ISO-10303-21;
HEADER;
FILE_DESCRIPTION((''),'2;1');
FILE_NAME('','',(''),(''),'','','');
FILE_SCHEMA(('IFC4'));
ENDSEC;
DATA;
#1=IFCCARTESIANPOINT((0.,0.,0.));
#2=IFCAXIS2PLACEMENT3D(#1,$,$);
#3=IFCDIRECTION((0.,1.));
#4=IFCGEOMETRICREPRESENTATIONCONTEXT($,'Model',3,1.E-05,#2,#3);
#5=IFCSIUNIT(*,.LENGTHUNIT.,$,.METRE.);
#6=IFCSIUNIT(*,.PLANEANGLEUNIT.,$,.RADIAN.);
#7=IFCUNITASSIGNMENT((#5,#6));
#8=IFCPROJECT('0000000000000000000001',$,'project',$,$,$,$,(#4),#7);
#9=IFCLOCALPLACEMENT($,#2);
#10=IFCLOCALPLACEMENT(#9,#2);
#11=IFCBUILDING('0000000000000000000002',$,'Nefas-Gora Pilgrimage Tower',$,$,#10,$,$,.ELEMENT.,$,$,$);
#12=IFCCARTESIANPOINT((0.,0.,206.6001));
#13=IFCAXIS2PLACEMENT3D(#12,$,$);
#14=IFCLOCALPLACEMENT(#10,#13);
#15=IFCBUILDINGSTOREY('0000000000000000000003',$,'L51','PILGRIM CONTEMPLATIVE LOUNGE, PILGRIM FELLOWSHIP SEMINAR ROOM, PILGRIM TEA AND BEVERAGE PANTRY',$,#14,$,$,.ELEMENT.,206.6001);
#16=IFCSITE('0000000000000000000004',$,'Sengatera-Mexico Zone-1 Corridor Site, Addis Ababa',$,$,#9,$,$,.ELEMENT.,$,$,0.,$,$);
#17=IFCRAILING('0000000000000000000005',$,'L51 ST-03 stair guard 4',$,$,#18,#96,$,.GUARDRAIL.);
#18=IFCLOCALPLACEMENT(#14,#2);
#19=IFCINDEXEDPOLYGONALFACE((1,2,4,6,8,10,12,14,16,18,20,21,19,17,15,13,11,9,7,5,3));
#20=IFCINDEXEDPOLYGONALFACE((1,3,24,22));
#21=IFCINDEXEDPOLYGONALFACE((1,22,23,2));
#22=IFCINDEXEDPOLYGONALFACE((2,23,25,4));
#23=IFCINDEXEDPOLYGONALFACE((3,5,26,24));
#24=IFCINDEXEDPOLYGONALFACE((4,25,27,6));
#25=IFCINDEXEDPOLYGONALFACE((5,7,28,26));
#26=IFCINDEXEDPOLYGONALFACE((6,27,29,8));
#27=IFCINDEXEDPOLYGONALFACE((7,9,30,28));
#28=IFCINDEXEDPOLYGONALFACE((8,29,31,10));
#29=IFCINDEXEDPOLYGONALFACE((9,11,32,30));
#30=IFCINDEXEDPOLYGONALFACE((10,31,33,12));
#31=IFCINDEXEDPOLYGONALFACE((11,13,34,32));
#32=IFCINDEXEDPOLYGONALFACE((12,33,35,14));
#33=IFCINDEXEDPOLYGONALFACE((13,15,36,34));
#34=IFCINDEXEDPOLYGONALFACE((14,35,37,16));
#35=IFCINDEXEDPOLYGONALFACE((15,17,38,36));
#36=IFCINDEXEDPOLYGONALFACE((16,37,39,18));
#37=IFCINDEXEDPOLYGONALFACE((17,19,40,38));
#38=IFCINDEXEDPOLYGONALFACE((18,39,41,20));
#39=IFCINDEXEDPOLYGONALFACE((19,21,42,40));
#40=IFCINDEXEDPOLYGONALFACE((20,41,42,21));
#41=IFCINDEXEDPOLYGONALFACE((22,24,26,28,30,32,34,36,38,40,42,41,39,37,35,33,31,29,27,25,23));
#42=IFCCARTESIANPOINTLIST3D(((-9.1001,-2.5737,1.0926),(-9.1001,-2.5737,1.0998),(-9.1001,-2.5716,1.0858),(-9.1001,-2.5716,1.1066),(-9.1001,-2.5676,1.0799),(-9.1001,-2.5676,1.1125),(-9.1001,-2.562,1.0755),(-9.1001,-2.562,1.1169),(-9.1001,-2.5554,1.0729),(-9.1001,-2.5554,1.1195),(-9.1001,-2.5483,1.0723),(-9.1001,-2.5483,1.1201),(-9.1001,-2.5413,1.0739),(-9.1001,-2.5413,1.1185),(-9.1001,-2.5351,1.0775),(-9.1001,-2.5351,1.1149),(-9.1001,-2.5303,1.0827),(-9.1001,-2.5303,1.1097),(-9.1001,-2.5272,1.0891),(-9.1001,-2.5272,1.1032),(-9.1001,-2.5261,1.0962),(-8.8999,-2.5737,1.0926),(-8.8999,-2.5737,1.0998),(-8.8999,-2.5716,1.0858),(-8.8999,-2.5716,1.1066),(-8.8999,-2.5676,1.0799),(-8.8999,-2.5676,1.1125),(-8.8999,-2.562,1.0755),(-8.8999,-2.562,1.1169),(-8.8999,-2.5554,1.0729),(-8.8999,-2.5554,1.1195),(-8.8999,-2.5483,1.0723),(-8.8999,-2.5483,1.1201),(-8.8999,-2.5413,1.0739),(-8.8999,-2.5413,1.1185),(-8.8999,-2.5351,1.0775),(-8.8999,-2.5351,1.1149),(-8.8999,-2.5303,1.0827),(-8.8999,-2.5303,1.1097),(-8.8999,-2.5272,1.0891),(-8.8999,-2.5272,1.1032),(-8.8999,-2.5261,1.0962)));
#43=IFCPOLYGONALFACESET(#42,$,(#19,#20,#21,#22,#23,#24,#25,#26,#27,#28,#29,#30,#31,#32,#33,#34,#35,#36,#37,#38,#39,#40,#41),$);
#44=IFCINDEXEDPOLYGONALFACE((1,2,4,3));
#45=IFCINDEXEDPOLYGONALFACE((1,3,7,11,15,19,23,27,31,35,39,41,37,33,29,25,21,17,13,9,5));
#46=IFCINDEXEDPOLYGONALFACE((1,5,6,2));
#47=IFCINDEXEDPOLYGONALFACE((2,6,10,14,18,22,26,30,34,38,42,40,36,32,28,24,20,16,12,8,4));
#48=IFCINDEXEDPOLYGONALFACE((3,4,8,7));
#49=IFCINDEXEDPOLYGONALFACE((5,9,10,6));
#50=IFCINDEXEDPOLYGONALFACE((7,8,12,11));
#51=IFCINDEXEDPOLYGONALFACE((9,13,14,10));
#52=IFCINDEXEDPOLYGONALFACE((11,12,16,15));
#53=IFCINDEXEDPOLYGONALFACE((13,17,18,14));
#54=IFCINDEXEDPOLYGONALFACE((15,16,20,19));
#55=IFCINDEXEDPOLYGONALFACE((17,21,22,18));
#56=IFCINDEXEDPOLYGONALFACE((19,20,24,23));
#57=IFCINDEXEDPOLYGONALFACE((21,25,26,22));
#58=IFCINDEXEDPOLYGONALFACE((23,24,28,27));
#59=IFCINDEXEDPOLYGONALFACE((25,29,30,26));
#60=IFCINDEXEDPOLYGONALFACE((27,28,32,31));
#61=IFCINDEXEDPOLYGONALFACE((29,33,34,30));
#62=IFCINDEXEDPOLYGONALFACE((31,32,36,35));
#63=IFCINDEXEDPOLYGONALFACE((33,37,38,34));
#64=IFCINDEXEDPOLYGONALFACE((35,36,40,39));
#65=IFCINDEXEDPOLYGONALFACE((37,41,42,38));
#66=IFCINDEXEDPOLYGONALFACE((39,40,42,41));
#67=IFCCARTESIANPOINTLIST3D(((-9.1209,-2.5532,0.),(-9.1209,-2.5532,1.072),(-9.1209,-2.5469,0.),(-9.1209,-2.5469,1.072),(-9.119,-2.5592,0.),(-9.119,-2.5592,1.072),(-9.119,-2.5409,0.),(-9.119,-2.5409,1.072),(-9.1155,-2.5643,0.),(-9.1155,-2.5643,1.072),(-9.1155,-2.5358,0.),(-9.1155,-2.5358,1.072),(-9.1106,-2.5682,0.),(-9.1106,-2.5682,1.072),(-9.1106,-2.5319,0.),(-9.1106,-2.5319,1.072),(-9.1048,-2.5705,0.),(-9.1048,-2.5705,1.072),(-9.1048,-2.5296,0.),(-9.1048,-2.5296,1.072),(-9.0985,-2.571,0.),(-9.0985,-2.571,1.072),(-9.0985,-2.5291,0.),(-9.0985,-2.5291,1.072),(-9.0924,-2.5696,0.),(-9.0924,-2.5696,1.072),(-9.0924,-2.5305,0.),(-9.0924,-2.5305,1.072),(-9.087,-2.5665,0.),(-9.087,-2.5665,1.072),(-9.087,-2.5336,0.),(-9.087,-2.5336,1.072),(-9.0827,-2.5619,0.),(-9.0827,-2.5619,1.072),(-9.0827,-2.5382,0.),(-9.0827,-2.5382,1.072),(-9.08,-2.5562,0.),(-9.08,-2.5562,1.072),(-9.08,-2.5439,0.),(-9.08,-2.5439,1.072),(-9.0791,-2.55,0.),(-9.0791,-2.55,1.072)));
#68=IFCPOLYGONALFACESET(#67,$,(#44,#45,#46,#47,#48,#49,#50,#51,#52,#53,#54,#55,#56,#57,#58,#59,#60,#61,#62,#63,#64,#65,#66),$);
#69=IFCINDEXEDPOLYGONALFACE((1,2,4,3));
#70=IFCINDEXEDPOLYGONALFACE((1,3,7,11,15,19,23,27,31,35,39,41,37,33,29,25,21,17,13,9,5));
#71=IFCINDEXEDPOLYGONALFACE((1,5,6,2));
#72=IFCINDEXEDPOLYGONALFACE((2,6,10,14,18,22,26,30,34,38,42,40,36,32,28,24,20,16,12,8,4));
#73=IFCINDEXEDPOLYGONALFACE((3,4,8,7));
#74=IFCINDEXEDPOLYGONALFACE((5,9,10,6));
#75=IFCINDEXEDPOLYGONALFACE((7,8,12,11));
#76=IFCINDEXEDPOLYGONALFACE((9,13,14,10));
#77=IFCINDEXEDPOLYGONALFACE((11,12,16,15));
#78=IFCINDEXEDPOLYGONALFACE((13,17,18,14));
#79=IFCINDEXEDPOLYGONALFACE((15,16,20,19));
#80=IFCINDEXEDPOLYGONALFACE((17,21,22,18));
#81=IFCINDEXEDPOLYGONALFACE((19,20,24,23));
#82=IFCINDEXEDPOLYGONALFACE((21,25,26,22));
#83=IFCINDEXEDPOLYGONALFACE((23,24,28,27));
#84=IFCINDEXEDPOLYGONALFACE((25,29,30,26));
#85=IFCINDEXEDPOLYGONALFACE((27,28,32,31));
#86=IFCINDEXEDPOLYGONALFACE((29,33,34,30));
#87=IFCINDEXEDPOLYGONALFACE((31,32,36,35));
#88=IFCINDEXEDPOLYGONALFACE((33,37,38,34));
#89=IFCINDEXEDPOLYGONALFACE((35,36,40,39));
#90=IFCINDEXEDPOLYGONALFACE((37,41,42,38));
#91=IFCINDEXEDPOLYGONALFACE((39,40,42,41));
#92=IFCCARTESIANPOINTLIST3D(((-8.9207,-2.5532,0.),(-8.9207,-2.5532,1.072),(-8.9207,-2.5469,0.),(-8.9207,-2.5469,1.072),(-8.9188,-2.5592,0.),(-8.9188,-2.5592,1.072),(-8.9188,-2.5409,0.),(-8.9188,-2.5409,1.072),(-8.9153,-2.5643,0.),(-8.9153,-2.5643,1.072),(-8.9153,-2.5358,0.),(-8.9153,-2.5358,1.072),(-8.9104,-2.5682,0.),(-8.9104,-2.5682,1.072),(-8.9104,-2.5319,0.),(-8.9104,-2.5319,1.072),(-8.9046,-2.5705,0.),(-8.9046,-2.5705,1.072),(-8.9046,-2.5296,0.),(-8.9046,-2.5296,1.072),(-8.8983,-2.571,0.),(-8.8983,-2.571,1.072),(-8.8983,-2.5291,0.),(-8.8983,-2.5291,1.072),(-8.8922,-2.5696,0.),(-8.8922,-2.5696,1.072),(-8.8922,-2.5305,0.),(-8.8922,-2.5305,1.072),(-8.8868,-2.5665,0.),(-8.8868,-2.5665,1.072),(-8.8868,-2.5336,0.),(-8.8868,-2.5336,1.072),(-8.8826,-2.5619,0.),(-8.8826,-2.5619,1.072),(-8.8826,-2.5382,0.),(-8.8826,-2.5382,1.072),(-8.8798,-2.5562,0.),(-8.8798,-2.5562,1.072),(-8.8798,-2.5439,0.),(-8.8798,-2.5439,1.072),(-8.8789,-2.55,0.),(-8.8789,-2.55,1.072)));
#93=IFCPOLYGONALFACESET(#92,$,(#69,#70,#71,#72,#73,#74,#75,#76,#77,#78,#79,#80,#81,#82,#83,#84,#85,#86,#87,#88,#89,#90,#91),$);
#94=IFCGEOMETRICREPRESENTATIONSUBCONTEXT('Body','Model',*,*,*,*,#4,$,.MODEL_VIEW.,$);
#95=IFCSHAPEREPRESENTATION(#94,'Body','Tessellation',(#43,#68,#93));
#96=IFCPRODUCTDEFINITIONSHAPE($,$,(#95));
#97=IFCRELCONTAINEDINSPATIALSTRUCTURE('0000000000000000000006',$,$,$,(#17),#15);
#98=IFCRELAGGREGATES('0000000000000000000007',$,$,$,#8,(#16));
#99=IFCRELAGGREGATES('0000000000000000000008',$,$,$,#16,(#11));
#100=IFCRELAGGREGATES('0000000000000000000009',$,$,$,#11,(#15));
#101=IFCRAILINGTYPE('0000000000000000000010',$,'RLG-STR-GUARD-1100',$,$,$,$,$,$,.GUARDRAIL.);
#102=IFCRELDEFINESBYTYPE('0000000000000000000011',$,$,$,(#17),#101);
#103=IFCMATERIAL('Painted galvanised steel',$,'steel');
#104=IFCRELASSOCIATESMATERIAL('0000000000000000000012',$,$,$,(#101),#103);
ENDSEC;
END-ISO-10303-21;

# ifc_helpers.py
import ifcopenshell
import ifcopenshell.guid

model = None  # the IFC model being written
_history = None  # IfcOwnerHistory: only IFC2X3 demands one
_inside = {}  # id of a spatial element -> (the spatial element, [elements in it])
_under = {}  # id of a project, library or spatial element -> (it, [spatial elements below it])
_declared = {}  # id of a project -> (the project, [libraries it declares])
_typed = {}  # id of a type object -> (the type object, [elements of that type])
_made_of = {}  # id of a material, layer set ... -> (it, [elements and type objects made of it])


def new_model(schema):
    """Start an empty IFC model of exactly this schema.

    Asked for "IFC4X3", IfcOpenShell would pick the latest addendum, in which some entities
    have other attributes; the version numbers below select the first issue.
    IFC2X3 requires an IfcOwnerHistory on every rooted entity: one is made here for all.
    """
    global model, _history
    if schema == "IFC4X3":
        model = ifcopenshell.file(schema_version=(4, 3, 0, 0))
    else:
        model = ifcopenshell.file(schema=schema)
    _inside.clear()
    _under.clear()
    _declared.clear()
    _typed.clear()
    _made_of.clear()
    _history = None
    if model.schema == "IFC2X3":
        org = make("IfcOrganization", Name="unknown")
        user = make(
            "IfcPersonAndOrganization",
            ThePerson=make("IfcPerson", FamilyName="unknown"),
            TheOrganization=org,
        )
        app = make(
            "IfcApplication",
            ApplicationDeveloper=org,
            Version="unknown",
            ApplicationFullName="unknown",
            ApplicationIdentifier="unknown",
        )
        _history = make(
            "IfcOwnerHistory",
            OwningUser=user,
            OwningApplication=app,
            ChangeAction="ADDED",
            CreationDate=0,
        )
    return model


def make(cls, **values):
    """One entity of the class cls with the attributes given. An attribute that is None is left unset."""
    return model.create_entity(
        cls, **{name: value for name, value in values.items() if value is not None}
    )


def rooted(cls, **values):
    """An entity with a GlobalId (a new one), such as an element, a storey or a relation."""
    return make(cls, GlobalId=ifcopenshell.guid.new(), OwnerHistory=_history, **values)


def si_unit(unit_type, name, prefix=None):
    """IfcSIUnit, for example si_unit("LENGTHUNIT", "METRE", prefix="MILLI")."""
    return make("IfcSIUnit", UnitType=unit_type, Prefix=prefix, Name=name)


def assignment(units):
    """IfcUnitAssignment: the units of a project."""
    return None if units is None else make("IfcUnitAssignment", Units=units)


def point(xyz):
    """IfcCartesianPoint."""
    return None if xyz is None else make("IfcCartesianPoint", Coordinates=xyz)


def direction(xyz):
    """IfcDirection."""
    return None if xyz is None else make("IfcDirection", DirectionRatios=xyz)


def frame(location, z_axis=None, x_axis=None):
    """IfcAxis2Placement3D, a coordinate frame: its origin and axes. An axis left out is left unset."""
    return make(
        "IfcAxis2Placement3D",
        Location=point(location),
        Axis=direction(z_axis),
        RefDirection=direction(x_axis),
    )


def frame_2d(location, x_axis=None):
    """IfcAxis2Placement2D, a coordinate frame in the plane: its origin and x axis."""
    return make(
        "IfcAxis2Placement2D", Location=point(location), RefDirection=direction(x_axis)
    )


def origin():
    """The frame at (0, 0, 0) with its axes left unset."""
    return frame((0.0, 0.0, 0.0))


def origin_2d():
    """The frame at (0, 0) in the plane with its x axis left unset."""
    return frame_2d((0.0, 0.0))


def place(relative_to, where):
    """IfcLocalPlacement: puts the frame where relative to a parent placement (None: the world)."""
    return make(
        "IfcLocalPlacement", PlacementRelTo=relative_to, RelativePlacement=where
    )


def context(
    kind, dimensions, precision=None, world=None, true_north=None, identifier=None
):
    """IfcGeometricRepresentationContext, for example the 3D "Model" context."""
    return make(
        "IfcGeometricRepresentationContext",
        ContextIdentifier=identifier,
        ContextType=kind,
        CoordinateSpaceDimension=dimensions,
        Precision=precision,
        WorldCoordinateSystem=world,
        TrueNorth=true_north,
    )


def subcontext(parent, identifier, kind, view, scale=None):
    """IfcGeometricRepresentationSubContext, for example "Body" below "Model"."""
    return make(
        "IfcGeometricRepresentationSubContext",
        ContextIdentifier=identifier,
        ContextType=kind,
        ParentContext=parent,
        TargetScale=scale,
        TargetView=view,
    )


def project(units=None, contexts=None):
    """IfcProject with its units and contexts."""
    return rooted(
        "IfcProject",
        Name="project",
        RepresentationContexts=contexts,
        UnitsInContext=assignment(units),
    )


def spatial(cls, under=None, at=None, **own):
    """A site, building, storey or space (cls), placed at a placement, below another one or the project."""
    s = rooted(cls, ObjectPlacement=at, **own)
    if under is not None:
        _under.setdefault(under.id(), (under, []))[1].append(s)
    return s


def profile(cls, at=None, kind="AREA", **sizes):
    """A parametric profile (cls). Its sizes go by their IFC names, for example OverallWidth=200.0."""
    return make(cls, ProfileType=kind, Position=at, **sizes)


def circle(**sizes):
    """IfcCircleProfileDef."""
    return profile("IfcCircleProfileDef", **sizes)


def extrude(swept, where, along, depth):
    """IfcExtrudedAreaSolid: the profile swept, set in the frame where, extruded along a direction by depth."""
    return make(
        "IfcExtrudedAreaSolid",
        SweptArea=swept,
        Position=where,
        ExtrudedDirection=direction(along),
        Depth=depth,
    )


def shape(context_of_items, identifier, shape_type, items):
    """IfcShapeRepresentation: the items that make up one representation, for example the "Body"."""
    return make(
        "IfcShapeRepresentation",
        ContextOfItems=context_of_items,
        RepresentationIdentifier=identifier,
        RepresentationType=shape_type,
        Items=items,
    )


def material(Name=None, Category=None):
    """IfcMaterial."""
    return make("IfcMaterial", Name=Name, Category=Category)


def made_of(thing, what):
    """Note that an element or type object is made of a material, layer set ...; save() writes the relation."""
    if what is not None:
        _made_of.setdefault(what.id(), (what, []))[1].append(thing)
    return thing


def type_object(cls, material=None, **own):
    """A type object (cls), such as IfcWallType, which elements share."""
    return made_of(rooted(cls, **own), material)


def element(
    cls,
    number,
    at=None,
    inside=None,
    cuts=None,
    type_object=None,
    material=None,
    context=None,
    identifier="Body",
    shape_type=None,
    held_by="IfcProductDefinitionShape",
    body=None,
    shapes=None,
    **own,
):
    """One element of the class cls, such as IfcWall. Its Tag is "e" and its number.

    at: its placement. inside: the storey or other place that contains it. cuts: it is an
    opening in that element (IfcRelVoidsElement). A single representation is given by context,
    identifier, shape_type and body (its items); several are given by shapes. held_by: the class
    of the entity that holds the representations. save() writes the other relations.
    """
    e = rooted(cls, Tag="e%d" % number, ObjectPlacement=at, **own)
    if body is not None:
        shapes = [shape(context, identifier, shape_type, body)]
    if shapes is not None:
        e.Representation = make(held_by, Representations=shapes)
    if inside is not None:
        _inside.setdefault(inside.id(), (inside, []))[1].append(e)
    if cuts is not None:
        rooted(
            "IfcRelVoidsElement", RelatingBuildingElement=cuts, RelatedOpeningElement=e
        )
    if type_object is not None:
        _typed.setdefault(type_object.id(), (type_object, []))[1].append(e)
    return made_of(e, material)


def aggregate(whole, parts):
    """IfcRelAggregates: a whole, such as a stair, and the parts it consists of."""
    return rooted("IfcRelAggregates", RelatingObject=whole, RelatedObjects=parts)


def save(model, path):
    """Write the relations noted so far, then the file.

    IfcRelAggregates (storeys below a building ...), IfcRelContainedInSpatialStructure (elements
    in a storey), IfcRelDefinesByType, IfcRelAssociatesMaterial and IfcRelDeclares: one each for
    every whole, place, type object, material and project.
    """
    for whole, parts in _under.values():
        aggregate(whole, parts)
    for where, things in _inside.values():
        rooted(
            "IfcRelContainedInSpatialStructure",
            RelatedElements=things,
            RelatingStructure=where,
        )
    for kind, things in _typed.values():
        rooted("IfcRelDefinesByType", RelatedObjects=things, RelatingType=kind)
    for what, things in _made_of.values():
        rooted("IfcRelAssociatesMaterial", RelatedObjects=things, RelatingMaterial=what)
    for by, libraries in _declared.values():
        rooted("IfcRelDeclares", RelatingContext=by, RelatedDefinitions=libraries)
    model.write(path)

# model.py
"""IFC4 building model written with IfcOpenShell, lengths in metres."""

from ifc_helpers import new_model, si_unit, direction, frame, origin, origin_2d, place, context, subcontext, project, spatial, circle, extrude, material, type_object, element, save


model = new_model("IFC4")

# Units and contexts
model_context = context("Model", 3, precision=1e-05, world=origin(), true_north=direction((0.0, 1.0)))
body_context = subcontext(model_context, "Body", "Model", "MODEL_VIEW")
ifc_project = project(units=[si_unit("LENGTHUNIT", "METRE"), si_unit("PLANEANGLEUNIT", "RADIAN")], contexts=[model_context])

# Site, building, storey
site_placement = place(None, origin())
site = spatial("IfcSite", under=ifc_project, at=site_placement, Name="Sengatera-Mexico Zone-1 Corridor Site, Addis Ababa", CompositionType="ELEMENT", RefElevation=0.0)
building_placement = place(site_placement, origin())
building = spatial("IfcBuilding", under=site, at=building_placement, Name="Nefas-Gora Pilgrimage Tower", CompositionType="ELEMENT")
storey_placement = place(building_placement, frame((0.0, 0.0, 206.6001)))
storey = spatial("IfcBuildingStorey", under=building, at=storey_placement, Name="L51", Description="PILGRIM CONTEMPLATIVE LOUNGE, PILGRIM FELLOWSHIP SEMINAR ROOM, PILGRIM TEA AND BEVERAGE PANTRY", CompositionType="ELEMENT", Elevation=206.6001)

# Railing
ifc_material_1 = material(Name="Painted galvanised steel", Category="steel")
railing_type_1 = type_object("IfcRailingType", Name="RLG-STR-GUARD-1100", PredefinedType="GUARDRAIL", material=ifc_material_1)
railing_1_placement = place(storey_placement, frame((-9.1001, -2.55, 0.0)))
element("IfcRailing", 1, at=railing_1_placement, inside=storey, type_object=railing_type_1, Name="L51 ST-03 stair guard 4", PredefinedType="GUARDRAIL", context=body_context, shape_type="SweptSolid", body=[
    extrude(circle(Radius=0.0239, at=origin_2d()), frame((0.0, 0.0, 1.0962), z_axis=(1.0, 0.0, 0.0), x_axis=(0.0, 1.0, 0.0)), (0.0, 0.0, 1.0), 0.2002),
    extrude(circle(Radius=0.021, at=origin_2d()), origin(), (0.0, 0.0, 1.0), 1.072),
    extrude(circle(Radius=0.021, at=origin_2d()), frame((0.2002, 0.0, 0.0)), (0.0, 0.0, 1.0), 1.072),
])

save(model, "model.ifc")
